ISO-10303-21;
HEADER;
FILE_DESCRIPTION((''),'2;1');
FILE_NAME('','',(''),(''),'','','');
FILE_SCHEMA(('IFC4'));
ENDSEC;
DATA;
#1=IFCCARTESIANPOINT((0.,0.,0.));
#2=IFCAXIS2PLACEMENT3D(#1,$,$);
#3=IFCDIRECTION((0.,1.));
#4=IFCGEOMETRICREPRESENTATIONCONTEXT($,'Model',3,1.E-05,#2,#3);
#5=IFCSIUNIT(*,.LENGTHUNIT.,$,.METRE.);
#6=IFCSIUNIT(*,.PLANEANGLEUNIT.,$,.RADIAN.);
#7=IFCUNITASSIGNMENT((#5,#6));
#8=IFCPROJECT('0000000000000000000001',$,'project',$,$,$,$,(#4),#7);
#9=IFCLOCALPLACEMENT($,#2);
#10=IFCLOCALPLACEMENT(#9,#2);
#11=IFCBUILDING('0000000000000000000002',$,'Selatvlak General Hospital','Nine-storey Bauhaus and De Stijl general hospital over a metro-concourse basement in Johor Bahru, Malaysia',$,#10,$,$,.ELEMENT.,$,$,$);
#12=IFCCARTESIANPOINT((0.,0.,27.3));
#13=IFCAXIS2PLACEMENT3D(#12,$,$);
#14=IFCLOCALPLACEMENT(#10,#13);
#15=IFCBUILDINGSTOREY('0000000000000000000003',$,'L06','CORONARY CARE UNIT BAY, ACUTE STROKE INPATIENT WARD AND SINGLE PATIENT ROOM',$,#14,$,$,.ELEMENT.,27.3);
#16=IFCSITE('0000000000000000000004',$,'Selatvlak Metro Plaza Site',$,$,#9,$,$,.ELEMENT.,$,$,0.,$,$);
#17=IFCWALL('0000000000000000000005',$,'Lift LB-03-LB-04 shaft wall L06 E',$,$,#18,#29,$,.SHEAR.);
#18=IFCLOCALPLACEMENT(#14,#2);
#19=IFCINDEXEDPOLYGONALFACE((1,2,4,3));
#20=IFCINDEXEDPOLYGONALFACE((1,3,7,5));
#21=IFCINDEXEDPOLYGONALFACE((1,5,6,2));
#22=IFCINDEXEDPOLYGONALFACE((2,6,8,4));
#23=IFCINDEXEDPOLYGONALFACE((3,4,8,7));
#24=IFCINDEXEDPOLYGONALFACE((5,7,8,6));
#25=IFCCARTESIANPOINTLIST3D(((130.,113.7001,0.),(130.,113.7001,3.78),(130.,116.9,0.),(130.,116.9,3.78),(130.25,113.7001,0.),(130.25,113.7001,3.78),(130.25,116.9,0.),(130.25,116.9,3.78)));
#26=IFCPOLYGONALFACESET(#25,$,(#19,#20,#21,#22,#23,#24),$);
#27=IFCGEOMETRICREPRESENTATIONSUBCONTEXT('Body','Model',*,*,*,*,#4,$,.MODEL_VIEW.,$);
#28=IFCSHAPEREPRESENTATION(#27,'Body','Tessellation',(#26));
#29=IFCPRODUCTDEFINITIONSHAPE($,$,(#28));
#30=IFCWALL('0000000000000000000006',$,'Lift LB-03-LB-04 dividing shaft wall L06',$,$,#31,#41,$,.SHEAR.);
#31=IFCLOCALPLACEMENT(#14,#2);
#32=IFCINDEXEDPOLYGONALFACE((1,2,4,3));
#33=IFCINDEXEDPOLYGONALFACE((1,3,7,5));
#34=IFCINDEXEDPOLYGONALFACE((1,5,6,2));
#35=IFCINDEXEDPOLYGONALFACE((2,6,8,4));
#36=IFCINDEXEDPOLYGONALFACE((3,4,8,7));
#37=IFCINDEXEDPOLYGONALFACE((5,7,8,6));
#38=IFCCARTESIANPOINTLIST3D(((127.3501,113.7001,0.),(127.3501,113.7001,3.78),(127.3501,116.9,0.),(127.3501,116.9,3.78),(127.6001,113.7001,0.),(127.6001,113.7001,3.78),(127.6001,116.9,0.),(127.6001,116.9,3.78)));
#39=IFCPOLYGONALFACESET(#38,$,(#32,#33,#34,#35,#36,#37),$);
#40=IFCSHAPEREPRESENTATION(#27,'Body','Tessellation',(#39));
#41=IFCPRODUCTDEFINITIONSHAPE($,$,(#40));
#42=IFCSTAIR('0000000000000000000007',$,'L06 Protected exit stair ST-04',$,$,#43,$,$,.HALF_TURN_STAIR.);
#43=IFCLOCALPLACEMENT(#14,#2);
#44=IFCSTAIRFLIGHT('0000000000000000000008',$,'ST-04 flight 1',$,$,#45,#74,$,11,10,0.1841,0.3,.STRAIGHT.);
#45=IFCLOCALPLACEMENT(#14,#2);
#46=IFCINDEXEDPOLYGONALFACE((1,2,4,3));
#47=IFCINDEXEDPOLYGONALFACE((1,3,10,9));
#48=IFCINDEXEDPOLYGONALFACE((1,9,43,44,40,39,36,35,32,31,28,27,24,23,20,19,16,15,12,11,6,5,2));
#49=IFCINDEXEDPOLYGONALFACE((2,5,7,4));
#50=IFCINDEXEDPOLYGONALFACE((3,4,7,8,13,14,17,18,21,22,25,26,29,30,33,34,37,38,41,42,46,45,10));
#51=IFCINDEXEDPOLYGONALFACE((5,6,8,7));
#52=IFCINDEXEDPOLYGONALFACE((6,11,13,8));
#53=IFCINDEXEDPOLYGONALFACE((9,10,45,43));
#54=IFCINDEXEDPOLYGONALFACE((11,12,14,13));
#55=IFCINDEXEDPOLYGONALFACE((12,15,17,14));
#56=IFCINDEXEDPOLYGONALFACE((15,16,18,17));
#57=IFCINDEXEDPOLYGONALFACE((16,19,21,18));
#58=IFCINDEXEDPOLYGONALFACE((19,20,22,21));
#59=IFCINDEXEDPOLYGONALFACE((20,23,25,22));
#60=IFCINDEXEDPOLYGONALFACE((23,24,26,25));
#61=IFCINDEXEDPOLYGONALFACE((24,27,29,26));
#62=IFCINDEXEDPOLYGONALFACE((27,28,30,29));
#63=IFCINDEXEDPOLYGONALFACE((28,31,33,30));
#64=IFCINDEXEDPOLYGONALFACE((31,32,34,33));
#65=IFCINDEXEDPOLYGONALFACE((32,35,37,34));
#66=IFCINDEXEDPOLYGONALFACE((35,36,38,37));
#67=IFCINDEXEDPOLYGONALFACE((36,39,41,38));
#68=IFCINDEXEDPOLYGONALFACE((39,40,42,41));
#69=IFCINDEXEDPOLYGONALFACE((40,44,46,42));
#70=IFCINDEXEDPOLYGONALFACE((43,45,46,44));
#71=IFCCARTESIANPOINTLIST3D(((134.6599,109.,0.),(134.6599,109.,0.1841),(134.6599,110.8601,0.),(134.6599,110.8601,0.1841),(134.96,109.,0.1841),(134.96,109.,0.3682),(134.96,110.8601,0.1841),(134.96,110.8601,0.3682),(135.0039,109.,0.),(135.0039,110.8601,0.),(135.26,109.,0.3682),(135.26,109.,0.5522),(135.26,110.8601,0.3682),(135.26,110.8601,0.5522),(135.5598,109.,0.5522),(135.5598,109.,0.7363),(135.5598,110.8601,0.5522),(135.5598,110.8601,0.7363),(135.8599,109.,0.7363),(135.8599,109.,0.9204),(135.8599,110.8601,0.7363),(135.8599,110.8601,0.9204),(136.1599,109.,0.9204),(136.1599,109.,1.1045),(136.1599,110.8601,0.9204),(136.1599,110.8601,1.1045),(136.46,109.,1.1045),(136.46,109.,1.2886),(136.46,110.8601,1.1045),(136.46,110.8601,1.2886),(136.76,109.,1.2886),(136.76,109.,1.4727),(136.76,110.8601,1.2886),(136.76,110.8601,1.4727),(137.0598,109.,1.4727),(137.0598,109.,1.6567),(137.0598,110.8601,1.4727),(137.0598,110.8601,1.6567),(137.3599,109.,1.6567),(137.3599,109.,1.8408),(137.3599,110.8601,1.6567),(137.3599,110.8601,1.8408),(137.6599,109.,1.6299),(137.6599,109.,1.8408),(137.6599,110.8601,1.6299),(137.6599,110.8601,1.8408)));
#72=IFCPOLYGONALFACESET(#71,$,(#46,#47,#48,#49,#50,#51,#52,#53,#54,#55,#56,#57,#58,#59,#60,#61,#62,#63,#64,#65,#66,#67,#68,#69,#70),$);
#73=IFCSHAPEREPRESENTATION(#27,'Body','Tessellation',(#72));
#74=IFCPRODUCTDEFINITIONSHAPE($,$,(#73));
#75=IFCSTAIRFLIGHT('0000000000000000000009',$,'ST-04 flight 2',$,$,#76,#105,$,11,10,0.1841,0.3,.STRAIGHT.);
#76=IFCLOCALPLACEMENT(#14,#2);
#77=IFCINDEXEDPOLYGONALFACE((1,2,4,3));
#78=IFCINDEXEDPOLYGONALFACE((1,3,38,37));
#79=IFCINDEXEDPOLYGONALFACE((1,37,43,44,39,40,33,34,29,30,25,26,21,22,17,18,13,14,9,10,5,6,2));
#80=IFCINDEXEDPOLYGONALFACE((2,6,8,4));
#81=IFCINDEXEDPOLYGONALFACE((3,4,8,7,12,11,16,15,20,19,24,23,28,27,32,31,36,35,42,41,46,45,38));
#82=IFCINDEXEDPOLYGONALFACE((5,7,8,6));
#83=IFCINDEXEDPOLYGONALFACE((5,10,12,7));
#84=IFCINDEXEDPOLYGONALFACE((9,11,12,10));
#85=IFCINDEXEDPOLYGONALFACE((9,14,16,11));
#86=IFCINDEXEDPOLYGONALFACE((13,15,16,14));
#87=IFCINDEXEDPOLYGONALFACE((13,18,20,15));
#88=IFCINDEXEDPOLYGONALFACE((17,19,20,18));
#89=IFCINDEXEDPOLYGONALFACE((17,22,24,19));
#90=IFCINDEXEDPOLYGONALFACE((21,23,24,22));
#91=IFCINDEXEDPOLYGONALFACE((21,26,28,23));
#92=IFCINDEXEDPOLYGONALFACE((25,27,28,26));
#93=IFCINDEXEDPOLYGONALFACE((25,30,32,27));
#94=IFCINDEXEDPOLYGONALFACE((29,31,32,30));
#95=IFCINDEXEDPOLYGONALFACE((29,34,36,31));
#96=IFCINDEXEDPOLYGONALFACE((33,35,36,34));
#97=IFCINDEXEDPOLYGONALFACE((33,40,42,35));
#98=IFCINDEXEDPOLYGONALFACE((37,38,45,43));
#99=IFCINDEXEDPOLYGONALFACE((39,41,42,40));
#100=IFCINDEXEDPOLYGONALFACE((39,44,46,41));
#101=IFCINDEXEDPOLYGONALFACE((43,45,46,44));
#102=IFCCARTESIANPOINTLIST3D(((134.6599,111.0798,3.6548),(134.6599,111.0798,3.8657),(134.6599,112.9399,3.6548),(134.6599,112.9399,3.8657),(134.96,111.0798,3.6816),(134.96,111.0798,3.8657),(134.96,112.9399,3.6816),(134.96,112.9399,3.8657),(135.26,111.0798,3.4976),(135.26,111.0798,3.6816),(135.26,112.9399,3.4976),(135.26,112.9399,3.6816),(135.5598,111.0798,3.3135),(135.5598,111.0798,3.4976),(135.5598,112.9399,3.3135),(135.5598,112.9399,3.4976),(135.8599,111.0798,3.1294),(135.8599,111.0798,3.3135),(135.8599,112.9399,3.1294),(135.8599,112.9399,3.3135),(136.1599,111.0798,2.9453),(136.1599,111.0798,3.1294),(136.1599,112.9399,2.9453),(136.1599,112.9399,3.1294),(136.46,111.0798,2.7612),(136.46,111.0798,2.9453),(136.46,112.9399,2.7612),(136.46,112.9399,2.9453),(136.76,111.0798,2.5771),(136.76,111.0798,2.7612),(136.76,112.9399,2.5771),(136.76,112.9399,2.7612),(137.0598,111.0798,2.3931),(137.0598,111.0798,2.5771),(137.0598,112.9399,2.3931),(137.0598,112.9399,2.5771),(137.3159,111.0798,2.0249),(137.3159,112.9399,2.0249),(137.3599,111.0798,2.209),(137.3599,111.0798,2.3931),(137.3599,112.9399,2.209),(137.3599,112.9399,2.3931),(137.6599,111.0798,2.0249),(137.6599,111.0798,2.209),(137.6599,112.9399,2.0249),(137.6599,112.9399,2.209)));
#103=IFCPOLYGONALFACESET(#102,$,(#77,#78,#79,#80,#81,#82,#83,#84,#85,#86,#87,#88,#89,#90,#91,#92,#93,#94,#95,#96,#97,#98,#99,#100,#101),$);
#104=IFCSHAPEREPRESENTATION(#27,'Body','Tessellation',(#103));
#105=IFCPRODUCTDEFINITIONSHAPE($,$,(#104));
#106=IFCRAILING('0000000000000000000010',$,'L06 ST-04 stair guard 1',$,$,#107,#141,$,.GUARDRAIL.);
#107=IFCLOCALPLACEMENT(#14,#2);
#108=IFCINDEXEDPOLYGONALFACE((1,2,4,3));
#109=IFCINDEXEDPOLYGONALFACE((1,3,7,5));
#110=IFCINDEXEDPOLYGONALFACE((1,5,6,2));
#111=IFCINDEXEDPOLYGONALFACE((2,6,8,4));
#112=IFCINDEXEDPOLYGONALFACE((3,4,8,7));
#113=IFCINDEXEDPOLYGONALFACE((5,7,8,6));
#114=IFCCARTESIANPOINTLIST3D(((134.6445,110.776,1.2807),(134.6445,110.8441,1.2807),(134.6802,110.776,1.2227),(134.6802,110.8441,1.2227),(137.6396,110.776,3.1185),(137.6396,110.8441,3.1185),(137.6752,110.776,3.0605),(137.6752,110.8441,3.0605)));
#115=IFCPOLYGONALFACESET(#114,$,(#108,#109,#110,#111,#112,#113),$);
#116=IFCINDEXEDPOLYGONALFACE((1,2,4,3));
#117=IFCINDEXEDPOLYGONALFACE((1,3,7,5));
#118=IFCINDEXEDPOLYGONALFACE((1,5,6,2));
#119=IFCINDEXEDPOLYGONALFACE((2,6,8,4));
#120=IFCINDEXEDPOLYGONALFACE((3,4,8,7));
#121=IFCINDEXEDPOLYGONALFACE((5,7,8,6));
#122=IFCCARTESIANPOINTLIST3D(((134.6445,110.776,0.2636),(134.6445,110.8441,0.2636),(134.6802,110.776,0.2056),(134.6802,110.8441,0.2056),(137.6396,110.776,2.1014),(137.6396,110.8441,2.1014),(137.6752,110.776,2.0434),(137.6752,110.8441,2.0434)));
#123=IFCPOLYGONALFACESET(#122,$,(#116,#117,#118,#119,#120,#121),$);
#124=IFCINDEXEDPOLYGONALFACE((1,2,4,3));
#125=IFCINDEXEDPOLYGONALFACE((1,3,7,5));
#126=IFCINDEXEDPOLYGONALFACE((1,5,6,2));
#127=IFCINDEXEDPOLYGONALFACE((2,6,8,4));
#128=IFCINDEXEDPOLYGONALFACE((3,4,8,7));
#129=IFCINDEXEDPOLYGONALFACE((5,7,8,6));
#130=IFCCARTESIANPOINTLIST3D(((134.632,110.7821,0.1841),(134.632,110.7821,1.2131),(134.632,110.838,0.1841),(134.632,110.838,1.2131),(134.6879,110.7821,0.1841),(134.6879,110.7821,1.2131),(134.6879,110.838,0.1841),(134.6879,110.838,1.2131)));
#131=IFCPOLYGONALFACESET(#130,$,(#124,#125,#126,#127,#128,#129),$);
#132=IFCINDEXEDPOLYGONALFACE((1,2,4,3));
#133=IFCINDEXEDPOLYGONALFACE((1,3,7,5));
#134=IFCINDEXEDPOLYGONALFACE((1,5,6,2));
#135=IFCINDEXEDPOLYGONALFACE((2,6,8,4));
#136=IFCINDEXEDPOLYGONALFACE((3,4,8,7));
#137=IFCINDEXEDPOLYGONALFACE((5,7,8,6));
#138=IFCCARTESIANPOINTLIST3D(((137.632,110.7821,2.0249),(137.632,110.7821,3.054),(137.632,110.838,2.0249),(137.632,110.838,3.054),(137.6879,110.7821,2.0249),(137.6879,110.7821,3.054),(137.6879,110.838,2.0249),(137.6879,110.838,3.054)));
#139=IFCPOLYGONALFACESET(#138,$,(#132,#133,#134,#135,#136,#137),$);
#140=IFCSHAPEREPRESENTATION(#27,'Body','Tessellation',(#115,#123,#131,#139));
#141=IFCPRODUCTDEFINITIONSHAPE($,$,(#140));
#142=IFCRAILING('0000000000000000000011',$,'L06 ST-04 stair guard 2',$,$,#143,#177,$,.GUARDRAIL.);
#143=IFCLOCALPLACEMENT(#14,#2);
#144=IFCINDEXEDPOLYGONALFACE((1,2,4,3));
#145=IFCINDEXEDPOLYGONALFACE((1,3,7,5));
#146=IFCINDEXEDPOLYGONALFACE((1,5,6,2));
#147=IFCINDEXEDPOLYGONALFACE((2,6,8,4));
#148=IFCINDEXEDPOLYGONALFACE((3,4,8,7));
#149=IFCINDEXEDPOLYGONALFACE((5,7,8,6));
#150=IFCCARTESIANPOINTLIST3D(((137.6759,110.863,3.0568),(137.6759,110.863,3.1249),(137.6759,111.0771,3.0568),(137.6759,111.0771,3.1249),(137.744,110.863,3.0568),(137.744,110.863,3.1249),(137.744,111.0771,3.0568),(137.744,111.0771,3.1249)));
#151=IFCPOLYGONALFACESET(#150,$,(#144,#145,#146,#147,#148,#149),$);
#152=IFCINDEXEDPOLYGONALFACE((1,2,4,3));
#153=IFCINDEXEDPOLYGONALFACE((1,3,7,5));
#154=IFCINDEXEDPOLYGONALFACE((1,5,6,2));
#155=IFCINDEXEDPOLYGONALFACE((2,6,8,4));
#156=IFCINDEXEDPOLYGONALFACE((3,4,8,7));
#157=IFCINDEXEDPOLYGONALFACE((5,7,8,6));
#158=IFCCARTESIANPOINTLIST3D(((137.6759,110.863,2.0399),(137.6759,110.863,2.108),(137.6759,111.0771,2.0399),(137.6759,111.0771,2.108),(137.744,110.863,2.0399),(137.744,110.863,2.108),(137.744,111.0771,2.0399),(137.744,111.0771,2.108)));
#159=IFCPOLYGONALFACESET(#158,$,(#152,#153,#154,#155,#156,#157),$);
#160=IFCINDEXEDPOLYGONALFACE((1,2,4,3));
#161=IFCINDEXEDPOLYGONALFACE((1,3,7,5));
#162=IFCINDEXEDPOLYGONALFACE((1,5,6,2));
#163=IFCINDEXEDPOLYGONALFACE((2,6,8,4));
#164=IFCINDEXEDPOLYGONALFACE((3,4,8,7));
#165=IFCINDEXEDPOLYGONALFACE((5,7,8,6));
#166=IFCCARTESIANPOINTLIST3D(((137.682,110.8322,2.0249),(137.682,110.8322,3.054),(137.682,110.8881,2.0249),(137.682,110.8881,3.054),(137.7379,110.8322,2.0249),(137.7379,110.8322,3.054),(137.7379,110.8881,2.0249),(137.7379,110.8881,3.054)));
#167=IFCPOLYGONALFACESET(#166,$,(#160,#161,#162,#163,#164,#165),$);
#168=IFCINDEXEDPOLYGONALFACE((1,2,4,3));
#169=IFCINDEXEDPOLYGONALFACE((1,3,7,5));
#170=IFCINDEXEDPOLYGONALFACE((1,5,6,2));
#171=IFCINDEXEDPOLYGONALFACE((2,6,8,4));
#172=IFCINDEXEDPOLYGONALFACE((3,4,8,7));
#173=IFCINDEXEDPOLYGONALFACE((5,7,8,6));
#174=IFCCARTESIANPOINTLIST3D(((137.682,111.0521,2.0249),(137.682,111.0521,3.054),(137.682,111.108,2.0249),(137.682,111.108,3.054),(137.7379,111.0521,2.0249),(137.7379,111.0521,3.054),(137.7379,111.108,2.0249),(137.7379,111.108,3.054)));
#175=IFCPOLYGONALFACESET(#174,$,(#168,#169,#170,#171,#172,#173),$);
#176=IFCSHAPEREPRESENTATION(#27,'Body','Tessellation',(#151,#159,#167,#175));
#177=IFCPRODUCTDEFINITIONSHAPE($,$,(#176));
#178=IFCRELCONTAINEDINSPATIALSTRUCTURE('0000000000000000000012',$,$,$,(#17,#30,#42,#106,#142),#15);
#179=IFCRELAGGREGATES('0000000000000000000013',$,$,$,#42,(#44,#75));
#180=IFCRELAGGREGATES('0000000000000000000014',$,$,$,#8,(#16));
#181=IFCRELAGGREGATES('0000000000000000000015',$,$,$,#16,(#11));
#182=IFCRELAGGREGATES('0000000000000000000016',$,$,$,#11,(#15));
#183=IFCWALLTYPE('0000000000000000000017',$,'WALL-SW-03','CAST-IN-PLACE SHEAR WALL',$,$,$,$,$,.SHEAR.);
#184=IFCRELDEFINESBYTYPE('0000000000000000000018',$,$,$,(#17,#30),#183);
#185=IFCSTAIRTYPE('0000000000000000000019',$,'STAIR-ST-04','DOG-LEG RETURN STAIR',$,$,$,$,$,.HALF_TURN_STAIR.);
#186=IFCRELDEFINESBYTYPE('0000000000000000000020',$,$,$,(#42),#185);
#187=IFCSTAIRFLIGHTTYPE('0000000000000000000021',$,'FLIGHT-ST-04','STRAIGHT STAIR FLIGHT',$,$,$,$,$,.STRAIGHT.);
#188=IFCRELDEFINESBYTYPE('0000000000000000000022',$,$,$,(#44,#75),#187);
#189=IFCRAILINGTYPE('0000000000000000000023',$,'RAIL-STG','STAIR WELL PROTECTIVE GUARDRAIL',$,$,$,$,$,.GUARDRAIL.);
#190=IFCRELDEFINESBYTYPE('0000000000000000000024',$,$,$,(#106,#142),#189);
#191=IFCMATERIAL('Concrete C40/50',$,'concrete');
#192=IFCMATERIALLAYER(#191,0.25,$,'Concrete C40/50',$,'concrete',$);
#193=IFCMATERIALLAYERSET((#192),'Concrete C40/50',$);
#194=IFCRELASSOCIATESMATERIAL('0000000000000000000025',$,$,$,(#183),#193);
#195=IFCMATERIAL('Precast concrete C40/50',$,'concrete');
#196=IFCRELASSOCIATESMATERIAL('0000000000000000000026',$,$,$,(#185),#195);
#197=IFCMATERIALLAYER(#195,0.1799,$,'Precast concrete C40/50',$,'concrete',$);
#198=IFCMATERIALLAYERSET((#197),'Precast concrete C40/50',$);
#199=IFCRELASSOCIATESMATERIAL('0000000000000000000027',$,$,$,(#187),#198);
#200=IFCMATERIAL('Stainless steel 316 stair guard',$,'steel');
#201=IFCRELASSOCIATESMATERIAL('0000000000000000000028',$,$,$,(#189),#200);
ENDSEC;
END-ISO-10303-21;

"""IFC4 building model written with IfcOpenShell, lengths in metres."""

from ifc_helpers import new_model, si_unit, direction, frame, frame_2d, origin, origin_2d, place, context, subcontext, project, spatial, polyline, rectangle, outline, extrude, material, layer, layer_set, type_object, element, aggregate, save


model = new_model("IFC4")

# Units and contexts
model_context = context("Model", 3, precision=1e-05, world=origin(), true_north=direction((0.0, 1.0)))
body_context = subcontext(model_context, "Body", "Model", "MODEL_VIEW")
ifc_project = project(units=[si_unit("LENGTHUNIT", "METRE"), si_unit("PLANEANGLEUNIT", "RADIAN")], contexts=[model_context])

# Site, building, storey
site_placement = place(None, origin())
site = spatial("IfcSite", under=ifc_project, at=site_placement, Name="Selatvlak Metro Plaza Site", CompositionType="ELEMENT", RefElevation=0.0)
building_placement = place(site_placement, origin())
building = spatial("IfcBuilding", under=site, at=building_placement, Name="Selatvlak General Hospital", Description="Nine-storey Bauhaus and De Stijl general hospital over a metro-concourse basement in Johor Bahru, Malaysia", CompositionType="ELEMENT")
storey_placement = place(building_placement, frame((0.0, 0.0, 27.3)))
storey = spatial("IfcBuildingStorey", under=building, at=storey_placement, Name="L06", Description="CORONARY CARE UNIT BAY, ACUTE STROKE INPATIENT WARD AND SINGLE PATIENT ROOM", CompositionType="ELEMENT", Elevation=27.3)

# Shared definitions
ifc_material_1 = material(Name="Concrete C40/50", Category="concrete")

# Shared definitions
ifc_layer_1 = layer(ifc_material_1, 0.25, Name="Concrete C40/50", Category="concrete")
ifc_layer_set_1 = layer_set([ifc_layer_1], Name="Concrete C40/50")
wall_type_1 = type_object("IfcWallType", Name="WALL-SW-03", Description="CAST-IN-PLACE SHEAR WALL", PredefinedType="SHEAR", material=ifc_layer_set_1)

# Walls
for number, where, z_axis, x_axis, name in (
    (1, (130.125, 113.7, 0.0), (0.0, 0.0, 1.0), (0.0, 1.0, 0.0), "Lift LB-03-LB-04 shaft wall L06 E"),
    (2, (127.4751, 113.7, 0.0), (0.0, 0.0, 1.0), (0.0, 1.0, 0.0), "Lift LB-03-LB-04 dividing shaft wall L06"),
):
    element("IfcWall", number, at=place(storey_placement, frame(where, z_axis=z_axis, x_axis=x_axis)), inside=storey, type_object=wall_type_1, Name=name, PredefinedType="SHEAR", context=body_context, shape_type="SweptSolid", body=[
        extrude(rectangle(XDim=3.2, YDim=0.25, at=frame_2d((1.6001, 0.0))), origin(), (0.0, 0.0, 1.0), 3.78),
    ])

# Stair, stair flights
ifc_material_2 = material(Name="Precast concrete C40/50", Category="concrete")
stair_type = type_object("IfcStairType", Name="STAIR-ST-04", Description="DOG-LEG RETURN STAIR", PredefinedType="HALF_TURN_STAIR", material=ifc_material_2)
stair_placement = place(storey_placement, origin())
stair = element("IfcStair", 3, at=stair_placement, inside=storey, type_object=stair_type, Name="L06 Protected exit stair ST-04", PredefinedType="HALF_TURN_STAIR")
ifc_layer_2 = layer(ifc_material_2, 0.1799, Name="Precast concrete C40/50", Category="concrete")
ifc_layer_set_2 = layer_set([ifc_layer_2], Name="Precast concrete C40/50")
stair_flight_type = type_object("IfcStairFlightType", Name="FLIGHT-ST-04", Description="STRAIGHT STAIR FLIGHT", PredefinedType="STRAIGHT", material=ifc_layer_set_2)
stair_flight_1_placement = place(storey_placement, frame((134.6599, 109.9299, 0.0), z_axis=(0.0, 0.0, 1.0), x_axis=(1.0, 0.0, 0.0)))
stair_flight_1 = element("IfcStairFlight", 4, at=stair_flight_1_placement, type_object=stair_flight_type, Name="ST-04 flight 1", NumberOfRisers=11, NumberOfTreads=10, PredefinedType="STRAIGHT", RiserHeight=0.1841, TreadLength=0.3, context=body_context, shape_type="SweptSolid", body=[
    extrude(outline(polyline([(0.0, 0.0), (0.0, 0.1841), (0.3, 0.1841), (0.3, 0.3682), (0.6001, 0.3682), (0.6001, 0.5522), (0.8999, 0.5522), (0.8999, 0.7363), (1.2, 0.7363), (1.2, 0.9204), (1.5, 0.9204), (1.5, 1.1045), (1.8, 1.1045), (1.8, 1.2886), (2.1001, 1.2886), (2.1001, 1.4727), (2.3999, 1.4727), (2.3999, 1.6567), (2.7, 1.6567), (2.7, 1.8408), (3.0, 1.8408), (3.0, 2.0249), (3.0, 1.6299), (0.344, 0.0), (0.0, 0.0)])), frame((0.0, 0.9302, 0.0), z_axis=(0.0, -1.0, 0.0), x_axis=(1.0, 0.0, 0.0)), (0.0, 0.0, 1.0), 1.8601),
])
stair_flight_2_placement = place(storey_placement, frame((137.6599, 112.01, 2.0249), z_axis=(0.0, 0.0, 1.0), x_axis=(-1.0, 0.0, 0.0)))
stair_flight_2 = element("IfcStairFlight", 5, at=stair_flight_2_placement, type_object=stair_flight_type, Name="ST-04 flight 2", NumberOfRisers=11, NumberOfTreads=10, PredefinedType="STRAIGHT", RiserHeight=0.1841, TreadLength=0.3, context=body_context, shape_type="SweptSolid", body=[
    extrude(outline(polyline([(0.0, 0.0), (0.0, 0.1841), (0.3, 0.1841), (0.3, 0.3682), (0.6001, 0.3682), (0.6001, 0.5522), (0.8999, 0.5522), (0.8999, 0.7363), (1.2, 0.7363), (1.2, 0.9204), (1.5, 0.9204), (1.5, 1.1045), (1.8, 1.1045), (1.8, 1.2886), (2.1001, 1.2886), (2.1001, 1.4727), (2.3999, 1.4727), (2.3999, 1.6567), (2.7, 1.6567), (2.7, 1.8408), (3.0, 1.8408), (3.0, 2.0249), (3.0, 1.6299), (0.344, 0.0), (0.0, 0.0)])), frame((0.0, 0.9302, 0.0), z_axis=(0.0, -1.0, 0.0), x_axis=(1.0, 0.0, 0.0)), (0.0, 0.0, 1.0), 1.8601),
])
aggregate(stair, [stair_flight_1, stair_flight_2])

# Railings
ifc_material_3 = material(Name="Stainless steel 316 stair guard", Category="steel")
railing_type_1 = type_object("IfcRailingType", Name="RAIL-STG", Description="STAIR WELL PROTECTIVE GUARDRAIL", PredefinedType="GUARDRAIL", material=ifc_material_3)
railing_1_placement = place(storey_placement, frame((134.6599, 110.8101, 0.1841)))
element("IfcRailing", 6, at=railing_1_placement, inside=storey, type_object=railing_type_1, Name="L06 ST-04 stair guard 1", PredefinedType="GUARDRAIL", context=body_context, shape_type="SweptSolid", body=[
    extrude(rectangle(XDim=0.0681, YDim=0.0681, at=origin_2d()), frame((0.0024, 0.0, 1.0676), z_axis=(0.852334, 0.0, 0.522998), x_axis=(0.0, 1.0, 0.0)), (0.0, 0.0, 1.0), 3.5139),
    extrude(rectangle(XDim=0.0681, YDim=0.0681, at=origin_2d()), frame((0.0024, 0.0, 0.0505), z_axis=(0.852334, 0.0, 0.522998), x_axis=(0.0, 1.0, 0.0)), (0.0, 0.0, 1.0), 3.5139),
    extrude(rectangle(XDim=0.0559, YDim=0.0559, at=origin_2d()), origin(), (0.0, 0.0, 1.0), 1.0291),
    extrude(rectangle(XDim=0.0559, YDim=0.0559, at=origin_2d()), frame((3.0, 0.0, 1.8408)), (0.0, 0.0, 1.0), 1.0291),
])
railing_2_placement = place(storey_placement, frame((137.71, 110.8601, 2.0249)))
element("IfcRailing", 7, at=railing_2_placement, inside=storey, type_object=railing_type_1, Name="L06 ST-04 stair guard 2", PredefinedType="GUARDRAIL", context=body_context, shape_type="SweptSolid", body=[
    extrude(rectangle(XDim=0.0681, YDim=0.0681, at=origin_2d()), frame((0.0, 0.0029, 1.0659), z_axis=(0.0, 1.0, 0.0), x_axis=(-1.0, 0.0, 0.0)), (0.0, 0.0, 1.0), 0.2141),
    extrude(rectangle(XDim=0.0681, YDim=0.0681, at=origin_2d()), frame((0.0, 0.0029, 0.0491), z_axis=(0.0, 1.0, 0.0), x_axis=(-1.0, 0.0, 0.0)), (0.0, 0.0, 1.0), 0.2141),
    extrude(rectangle(XDim=0.0559, YDim=0.0559, at=origin_2d()), origin(), (0.0, 0.0, 1.0), 1.0291),
    extrude(rectangle(XDim=0.0559, YDim=0.0559, at=origin_2d()), frame((0.0, 0.22, 0.0)), (0.0, 0.0, 1.0), 1.0291),
])

save(model, "model.ifc")
